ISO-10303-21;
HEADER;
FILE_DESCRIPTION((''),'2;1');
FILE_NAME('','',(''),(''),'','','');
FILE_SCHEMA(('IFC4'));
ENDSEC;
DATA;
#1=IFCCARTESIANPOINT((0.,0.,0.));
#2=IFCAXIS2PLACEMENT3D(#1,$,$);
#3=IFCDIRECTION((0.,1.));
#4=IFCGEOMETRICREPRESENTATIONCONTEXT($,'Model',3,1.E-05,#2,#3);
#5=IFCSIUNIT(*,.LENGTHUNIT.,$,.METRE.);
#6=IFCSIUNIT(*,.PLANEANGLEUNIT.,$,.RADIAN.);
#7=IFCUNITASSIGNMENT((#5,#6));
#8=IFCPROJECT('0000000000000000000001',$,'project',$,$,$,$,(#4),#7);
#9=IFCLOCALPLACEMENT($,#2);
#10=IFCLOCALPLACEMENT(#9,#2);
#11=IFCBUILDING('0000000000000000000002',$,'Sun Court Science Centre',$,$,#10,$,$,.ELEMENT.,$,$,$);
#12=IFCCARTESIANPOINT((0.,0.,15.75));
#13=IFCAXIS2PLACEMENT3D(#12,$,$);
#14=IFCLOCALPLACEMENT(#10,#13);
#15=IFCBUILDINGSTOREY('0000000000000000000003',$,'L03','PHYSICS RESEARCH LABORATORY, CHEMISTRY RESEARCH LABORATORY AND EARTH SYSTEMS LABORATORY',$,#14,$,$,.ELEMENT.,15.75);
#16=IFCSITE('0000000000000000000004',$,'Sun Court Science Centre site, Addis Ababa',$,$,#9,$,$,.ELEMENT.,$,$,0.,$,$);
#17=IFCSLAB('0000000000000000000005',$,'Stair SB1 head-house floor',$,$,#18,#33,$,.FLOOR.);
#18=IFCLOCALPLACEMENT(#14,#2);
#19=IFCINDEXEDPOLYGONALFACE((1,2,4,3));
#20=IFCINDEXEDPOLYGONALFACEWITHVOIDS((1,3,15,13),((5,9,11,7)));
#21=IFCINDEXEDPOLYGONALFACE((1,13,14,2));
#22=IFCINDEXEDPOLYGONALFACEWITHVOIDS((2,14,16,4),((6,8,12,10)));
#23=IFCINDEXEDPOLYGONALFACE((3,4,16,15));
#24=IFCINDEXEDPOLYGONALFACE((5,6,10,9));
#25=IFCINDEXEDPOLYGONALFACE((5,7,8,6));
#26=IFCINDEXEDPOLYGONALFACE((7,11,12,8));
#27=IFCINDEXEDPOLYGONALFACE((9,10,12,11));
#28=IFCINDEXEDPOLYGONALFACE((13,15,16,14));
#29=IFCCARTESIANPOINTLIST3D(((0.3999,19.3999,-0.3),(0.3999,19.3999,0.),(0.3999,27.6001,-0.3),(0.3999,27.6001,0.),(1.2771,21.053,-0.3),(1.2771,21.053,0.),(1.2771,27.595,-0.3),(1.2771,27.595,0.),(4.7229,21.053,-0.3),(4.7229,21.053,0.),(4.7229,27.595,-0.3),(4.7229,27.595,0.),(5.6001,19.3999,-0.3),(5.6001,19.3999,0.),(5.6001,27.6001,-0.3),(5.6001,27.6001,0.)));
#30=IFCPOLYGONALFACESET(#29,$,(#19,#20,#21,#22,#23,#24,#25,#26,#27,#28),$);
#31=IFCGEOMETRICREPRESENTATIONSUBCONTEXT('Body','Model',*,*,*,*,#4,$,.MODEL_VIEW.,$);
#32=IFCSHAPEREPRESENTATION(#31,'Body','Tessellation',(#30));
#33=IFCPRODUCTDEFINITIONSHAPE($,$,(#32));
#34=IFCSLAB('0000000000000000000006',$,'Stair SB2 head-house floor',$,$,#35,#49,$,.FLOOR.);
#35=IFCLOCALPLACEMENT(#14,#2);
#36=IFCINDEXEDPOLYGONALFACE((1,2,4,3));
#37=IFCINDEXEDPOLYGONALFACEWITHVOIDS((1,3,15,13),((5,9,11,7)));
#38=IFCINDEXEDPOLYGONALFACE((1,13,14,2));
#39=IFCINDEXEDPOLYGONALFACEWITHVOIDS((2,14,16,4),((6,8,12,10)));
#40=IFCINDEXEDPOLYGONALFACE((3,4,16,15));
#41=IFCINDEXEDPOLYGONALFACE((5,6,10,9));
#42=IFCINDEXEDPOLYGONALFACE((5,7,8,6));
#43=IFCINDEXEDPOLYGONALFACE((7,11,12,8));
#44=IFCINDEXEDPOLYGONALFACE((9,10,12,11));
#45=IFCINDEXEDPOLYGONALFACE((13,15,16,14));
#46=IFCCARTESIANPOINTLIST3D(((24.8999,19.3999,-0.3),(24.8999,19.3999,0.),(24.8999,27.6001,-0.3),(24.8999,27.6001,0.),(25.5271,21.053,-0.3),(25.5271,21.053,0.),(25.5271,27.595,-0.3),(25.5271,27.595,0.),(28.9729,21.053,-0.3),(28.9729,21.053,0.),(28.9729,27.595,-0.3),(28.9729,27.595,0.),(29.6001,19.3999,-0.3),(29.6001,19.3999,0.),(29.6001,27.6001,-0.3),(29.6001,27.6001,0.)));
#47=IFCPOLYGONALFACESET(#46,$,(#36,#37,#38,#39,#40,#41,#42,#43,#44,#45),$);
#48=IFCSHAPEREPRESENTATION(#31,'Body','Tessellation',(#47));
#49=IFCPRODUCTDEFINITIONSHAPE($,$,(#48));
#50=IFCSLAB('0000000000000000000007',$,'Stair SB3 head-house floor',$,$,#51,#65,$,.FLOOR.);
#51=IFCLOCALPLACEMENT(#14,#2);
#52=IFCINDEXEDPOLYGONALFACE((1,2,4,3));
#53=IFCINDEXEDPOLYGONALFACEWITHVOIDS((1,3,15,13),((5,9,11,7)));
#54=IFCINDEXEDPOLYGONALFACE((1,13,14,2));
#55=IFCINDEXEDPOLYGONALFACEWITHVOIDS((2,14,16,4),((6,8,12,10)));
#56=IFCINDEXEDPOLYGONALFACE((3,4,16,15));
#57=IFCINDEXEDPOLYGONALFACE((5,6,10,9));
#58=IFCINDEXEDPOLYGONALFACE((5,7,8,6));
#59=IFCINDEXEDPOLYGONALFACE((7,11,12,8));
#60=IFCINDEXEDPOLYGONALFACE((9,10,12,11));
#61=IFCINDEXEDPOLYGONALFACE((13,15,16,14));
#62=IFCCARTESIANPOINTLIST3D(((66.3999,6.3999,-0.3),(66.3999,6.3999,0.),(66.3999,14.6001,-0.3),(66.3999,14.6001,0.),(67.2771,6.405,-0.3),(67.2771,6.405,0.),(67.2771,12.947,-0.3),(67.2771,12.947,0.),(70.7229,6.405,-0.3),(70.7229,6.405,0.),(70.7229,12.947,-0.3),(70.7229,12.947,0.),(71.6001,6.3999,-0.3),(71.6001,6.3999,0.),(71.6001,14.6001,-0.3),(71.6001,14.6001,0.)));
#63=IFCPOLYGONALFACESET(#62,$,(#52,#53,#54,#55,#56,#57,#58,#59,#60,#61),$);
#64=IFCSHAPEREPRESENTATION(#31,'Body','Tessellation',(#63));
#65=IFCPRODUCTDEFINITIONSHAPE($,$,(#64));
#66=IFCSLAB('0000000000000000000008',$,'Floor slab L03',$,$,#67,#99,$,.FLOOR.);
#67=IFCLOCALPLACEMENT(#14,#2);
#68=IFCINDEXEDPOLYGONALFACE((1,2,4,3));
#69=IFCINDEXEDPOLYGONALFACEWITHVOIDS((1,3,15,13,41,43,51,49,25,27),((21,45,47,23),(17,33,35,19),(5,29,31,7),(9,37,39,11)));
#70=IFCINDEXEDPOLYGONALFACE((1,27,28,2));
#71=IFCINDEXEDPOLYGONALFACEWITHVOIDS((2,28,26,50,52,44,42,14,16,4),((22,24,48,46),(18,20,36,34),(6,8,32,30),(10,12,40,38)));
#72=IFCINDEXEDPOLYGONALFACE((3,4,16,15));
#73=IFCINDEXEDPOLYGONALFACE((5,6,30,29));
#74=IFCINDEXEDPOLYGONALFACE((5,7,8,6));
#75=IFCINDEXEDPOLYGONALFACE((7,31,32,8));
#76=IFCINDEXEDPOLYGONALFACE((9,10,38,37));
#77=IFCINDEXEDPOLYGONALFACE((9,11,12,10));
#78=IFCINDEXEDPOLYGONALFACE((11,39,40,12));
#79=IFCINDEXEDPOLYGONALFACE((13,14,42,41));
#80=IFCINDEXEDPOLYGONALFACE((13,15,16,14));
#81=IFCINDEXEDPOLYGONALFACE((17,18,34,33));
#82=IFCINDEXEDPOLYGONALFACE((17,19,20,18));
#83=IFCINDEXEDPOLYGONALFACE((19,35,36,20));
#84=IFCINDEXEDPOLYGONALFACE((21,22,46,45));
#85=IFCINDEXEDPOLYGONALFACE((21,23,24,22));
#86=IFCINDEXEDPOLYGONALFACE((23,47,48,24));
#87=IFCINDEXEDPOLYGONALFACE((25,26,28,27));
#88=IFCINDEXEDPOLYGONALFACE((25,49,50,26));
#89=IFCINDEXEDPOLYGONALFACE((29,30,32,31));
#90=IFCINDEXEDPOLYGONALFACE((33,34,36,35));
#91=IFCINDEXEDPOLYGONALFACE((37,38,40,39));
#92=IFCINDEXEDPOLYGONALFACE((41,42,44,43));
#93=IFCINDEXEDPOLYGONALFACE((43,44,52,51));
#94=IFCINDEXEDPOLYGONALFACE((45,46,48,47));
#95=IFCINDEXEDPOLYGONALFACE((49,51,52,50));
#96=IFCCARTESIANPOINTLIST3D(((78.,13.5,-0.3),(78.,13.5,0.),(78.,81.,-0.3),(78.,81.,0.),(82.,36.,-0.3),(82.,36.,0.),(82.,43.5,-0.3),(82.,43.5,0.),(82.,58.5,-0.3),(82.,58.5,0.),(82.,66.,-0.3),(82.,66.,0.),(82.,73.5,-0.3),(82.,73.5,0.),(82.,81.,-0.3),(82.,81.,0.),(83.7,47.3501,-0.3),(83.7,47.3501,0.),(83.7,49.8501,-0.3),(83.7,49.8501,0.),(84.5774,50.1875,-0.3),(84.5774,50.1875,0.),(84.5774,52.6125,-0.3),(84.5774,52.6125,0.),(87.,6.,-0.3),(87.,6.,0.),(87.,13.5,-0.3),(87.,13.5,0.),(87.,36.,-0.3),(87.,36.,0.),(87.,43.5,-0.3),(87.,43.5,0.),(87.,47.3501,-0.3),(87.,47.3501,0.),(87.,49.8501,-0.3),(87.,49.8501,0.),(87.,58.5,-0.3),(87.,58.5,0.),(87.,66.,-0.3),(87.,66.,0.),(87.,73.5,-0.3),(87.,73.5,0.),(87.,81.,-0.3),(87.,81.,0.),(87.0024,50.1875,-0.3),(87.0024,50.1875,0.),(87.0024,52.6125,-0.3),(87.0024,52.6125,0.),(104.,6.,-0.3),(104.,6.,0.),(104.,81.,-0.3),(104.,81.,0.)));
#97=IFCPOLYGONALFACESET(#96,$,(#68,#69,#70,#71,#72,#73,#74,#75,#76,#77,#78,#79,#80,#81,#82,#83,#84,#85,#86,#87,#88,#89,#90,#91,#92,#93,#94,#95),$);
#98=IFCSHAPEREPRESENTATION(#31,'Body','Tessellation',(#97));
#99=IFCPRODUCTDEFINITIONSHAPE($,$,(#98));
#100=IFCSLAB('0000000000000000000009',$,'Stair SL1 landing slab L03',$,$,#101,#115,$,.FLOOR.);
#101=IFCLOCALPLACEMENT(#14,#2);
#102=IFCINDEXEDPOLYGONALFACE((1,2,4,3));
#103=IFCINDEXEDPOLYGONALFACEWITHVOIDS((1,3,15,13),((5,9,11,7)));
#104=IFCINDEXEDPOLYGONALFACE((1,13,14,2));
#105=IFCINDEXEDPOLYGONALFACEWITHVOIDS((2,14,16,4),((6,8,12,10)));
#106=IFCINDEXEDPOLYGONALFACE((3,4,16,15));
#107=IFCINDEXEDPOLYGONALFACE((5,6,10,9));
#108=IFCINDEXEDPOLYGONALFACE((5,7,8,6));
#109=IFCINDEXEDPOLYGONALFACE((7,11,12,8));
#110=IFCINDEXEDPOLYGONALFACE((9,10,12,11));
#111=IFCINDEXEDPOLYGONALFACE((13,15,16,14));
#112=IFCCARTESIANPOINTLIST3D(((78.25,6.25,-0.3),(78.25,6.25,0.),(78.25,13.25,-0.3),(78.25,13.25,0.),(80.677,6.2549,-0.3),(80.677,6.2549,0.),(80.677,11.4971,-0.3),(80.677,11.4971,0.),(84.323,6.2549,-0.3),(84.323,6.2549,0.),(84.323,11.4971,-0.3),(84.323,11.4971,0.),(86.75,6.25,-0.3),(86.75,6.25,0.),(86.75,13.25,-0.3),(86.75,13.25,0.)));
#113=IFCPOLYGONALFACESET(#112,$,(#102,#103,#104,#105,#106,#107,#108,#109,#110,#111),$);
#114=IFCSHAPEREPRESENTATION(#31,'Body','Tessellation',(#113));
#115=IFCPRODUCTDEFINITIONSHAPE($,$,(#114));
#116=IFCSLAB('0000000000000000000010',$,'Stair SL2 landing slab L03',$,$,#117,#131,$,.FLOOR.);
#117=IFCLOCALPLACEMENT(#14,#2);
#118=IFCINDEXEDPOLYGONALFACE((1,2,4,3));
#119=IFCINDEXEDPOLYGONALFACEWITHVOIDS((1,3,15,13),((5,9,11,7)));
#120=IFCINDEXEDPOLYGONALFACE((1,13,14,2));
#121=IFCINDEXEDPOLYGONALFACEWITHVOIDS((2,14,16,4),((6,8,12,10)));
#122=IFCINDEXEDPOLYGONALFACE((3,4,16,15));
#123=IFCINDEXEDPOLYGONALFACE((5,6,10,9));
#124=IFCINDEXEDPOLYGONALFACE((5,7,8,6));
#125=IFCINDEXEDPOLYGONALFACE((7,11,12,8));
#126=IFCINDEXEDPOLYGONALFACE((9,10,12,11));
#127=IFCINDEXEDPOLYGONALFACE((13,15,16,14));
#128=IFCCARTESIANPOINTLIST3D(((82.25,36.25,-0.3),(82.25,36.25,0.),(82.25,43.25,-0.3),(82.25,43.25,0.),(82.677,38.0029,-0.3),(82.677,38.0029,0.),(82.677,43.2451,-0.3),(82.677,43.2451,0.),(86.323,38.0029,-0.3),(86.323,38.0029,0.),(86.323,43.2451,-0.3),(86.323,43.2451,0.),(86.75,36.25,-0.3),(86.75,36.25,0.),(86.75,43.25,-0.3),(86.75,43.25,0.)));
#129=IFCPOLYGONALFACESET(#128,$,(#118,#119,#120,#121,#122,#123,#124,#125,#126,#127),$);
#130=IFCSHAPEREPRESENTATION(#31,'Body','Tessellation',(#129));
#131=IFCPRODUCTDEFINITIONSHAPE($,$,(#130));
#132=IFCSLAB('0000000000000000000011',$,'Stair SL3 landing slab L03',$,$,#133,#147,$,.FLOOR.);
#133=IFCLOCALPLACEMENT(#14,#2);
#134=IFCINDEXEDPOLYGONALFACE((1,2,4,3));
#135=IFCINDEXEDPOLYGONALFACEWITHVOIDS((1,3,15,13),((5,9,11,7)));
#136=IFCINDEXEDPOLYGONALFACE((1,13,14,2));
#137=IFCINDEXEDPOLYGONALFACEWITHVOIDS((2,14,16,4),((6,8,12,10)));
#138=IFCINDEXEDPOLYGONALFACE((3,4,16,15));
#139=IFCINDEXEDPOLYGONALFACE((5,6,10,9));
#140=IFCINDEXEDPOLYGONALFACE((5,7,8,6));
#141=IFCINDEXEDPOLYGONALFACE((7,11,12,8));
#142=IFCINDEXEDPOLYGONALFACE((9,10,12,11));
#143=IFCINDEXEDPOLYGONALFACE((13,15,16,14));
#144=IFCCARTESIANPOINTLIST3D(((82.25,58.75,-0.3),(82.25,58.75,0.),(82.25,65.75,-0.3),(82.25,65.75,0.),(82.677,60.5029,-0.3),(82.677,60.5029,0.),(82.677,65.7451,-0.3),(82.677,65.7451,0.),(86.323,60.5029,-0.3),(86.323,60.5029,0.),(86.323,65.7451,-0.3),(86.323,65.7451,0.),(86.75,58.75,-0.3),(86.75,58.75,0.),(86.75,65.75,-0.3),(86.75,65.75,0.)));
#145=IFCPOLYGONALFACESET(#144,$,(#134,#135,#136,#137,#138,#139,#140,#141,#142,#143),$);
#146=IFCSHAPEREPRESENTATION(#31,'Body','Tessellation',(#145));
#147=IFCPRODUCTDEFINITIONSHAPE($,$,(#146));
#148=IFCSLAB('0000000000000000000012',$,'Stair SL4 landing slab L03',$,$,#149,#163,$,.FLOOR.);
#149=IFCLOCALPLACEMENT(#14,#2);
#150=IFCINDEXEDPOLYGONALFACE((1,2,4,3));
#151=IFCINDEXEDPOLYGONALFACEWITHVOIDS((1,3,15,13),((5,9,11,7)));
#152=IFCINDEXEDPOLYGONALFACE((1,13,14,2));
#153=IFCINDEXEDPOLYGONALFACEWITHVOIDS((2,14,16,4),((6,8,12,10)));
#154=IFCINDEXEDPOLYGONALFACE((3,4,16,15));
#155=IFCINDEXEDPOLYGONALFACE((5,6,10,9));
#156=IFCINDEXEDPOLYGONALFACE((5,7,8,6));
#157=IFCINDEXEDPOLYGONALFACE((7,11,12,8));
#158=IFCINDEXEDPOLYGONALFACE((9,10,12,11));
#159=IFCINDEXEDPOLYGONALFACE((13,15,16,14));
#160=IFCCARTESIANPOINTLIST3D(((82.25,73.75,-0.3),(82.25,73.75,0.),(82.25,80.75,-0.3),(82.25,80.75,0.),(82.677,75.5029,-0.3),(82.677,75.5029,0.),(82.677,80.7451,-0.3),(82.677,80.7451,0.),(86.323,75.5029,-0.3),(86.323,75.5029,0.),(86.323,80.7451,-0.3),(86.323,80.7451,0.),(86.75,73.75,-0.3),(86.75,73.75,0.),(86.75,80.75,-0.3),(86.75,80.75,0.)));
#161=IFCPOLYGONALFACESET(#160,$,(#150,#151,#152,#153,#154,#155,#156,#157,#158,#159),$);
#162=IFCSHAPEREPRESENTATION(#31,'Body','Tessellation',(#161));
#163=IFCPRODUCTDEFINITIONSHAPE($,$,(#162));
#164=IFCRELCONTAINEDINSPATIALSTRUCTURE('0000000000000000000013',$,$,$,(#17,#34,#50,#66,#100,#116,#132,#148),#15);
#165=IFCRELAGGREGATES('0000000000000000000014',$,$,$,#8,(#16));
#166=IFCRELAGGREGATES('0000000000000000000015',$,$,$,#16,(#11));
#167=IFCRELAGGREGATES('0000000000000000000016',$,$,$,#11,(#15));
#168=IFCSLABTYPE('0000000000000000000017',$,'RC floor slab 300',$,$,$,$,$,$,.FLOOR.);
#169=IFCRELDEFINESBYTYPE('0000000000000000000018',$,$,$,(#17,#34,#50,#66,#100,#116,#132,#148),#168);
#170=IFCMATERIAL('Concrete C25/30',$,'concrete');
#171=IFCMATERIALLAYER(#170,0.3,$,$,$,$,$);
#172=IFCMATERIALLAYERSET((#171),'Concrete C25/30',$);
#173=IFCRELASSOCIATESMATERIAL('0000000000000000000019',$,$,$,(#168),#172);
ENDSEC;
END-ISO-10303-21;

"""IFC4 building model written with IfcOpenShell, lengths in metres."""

from ifc_helpers import new_model, si_unit, direction, frame, origin, place, context, subcontext, project, spatial, polyline, outline, extrude, material, layer, layer_set, type_object, element, save


model = new_model("IFC4")

# Units and contexts
model_context = context("Model", 3, precision=1e-05, world=origin(), true_north=direction((0.0, 1.0)))
body_context = subcontext(model_context, "Body", "Model", "MODEL_VIEW")
ifc_project = project(units=[si_unit("LENGTHUNIT", "METRE"), si_unit("PLANEANGLEUNIT", "RADIAN")], contexts=[model_context])

# Site, building, storey
site_placement = place(None, origin())
site = spatial("IfcSite", under=ifc_project, at=site_placement, Name="Sun Court Science Centre site, Addis Ababa", CompositionType="ELEMENT", RefElevation=0.0)
building_placement = place(site_placement, origin())
building = spatial("IfcBuilding", under=site, at=building_placement, Name="Sun Court Science Centre", CompositionType="ELEMENT")
storey_placement = place(building_placement, frame((0.0, 0.0, 15.75)))
storey = spatial("IfcBuildingStorey", under=building, at=storey_placement, Name="L03", Description="PHYSICS RESEARCH LABORATORY, CHEMISTRY RESEARCH LABORATORY AND EARTH SYSTEMS LABORATORY", CompositionType="ELEMENT", Elevation=15.75)

# Slabs
ifc_material_1 = material(Name="Concrete C25/30", Category="concrete")
ifc_layer_1 = layer(ifc_material_1, 0.3)
ifc_layer_set_1 = layer_set([ifc_layer_1], Name="Concrete C25/30")
slab_type_1 = type_object("IfcSlabType", Name="RC floor slab 300", PredefinedType="FLOOR", material=ifc_layer_set_1)
slab_1_placement = place(storey_placement, frame((0.0, 0.0, -0.3)))
element("IfcSlab", 1, at=slab_1_placement, inside=storey, type_object=slab_type_1, Name="Stair SB1 head-house floor", PredefinedType="FLOOR", context=body_context, shape_type="SweptSolid", body=[
    extrude(outline(polyline([(0.3999, 27.6001), (0.3999, 19.3999), (5.6001, 19.3999), (5.6001, 27.6001), (0.3999, 27.6001)]), holes=[polyline([(4.7229, 27.595), (4.7229, 21.053), (1.2771, 21.053), (1.2771, 27.595), (4.7229, 27.595)])]), origin(), (0.0, 0.0, 1.0), 0.3),
])
slab_2_placement = place(storey_placement, frame((0.0, 0.0, -0.3)))
element("IfcSlab", 2, at=slab_2_placement, inside=storey, type_object=slab_type_1, Name="Stair SB2 head-house floor", PredefinedType="FLOOR", context=body_context, shape_type="SweptSolid", body=[
    extrude(outline(polyline([(24.8999, 27.6001), (24.8999, 19.3999), (29.6001, 19.3999), (29.6001, 27.6001), (24.8999, 27.6001)]), holes=[polyline([(28.9729, 27.595), (28.9729, 21.053), (25.5271, 21.053), (25.5271, 27.595), (28.9729, 27.595)])]), origin(), (0.0, 0.0, 1.0), 0.3),
])
slab_3_placement = place(storey_placement, frame((0.0, 0.0, -0.3)))
element("IfcSlab", 3, at=slab_3_placement, inside=storey, type_object=slab_type_1, Name="Stair SB3 head-house floor", PredefinedType="FLOOR", context=body_context, shape_type="SweptSolid", body=[
    extrude(outline(polyline([(66.3999, 14.6001), (66.3999, 6.3999), (71.6001, 6.3999), (71.6001, 14.6001), (66.3999, 14.6001)]), holes=[polyline([(67.2771, 6.405), (67.2771, 12.947), (70.7229, 12.947), (70.7229, 6.405), (67.2771, 6.405)])]), origin(), (0.0, 0.0, 1.0), 0.3),
])
slab_4_placement = place(storey_placement, frame((0.0, 0.0, -0.3)))
element("IfcSlab", 4, at=slab_4_placement, inside=storey, type_object=slab_type_1, Name="Floor slab L03", PredefinedType="FLOOR", context=body_context, shape_type="SweptSolid", body=[
    extrude(outline(polyline([(104.0, 6.0), (104.0, 81.0), (87.0, 81.0), (87.0, 73.5), (82.0, 73.5), (82.0, 81.0), (78.0, 81.0), (78.0, 13.5), (87.0, 13.5), (87.0, 6.0), (104.0, 6.0)]), holes=[polyline([(84.5774, 50.1875), (84.5774, 52.6125), (87.0024, 52.6125), (87.0024, 50.1875), (84.5774, 50.1875)]), polyline([(82.0, 43.5), (87.0, 43.5), (87.0, 36.0), (82.0, 36.0), (82.0, 43.5)]), polyline([(82.0, 66.0), (87.0, 66.0), (87.0, 58.5), (82.0, 58.5), (82.0, 66.0)]), polyline([(83.7, 49.8501), (87.0, 49.8501), (87.0, 47.3501), (83.7, 47.3501), (83.7, 49.8501)])]), origin(), (0.0, 0.0, 1.0), 0.3),
])
slab_5_placement = place(storey_placement, frame((0.0, 0.0, -0.3)))
element("IfcSlab", 5, at=slab_5_placement, inside=storey, type_object=slab_type_1, Name="Stair SL1 landing slab L03", PredefinedType="FLOOR", context=body_context, shape_type="SweptSolid", body=[
    extrude(outline(polyline([(78.25, 13.25), (78.25, 6.25), (86.75, 6.25), (86.75, 13.25), (78.25, 13.25)]), holes=[polyline([(80.677, 6.2549), (80.677, 11.4971), (84.323, 11.4971), (84.323, 6.2549), (80.677, 6.2549)])]), origin(), (0.0, 0.0, 1.0), 0.3),
])
slab_6_placement = place(storey_placement, frame((0.0, 0.0, -0.3)))
element("IfcSlab", 6, at=slab_6_placement, inside=storey, type_object=slab_type_1, Name="Stair SL2 landing slab L03", PredefinedType="FLOOR", context=body_context, shape_type="SweptSolid", body=[
    extrude(outline(polyline([(82.25, 43.25), (82.25, 36.25), (86.75, 36.25), (86.75, 43.25), (82.25, 43.25)]), holes=[polyline([(86.323, 43.2451), (86.323, 38.0029), (82.677, 38.0029), (82.677, 43.2451), (86.323, 43.2451)])]), origin(), (0.0, 0.0, 1.0), 0.3),
])
slab_7_placement = place(storey_placement, frame((0.0, 0.0, -0.3)))
element("IfcSlab", 7, at=slab_7_placement, inside=storey, type_object=slab_type_1, Name="Stair SL3 landing slab L03", PredefinedType="FLOOR", context=body_context, shape_type="SweptSolid", body=[
    extrude(outline(polyline([(82.25, 65.75), (82.25, 58.75), (86.75, 58.75), (86.75, 65.75), (82.25, 65.75)]), holes=[polyline([(86.323, 65.7451), (86.323, 60.5029), (82.677, 60.5029), (82.677, 65.7451), (86.323, 65.7451)])]), origin(), (0.0, 0.0, 1.0), 0.3),
])
slab_8_placement = place(storey_placement, frame((0.0, 0.0, -0.3)))
element("IfcSlab", 8, at=slab_8_placement, inside=storey, type_object=slab_type_1, Name="Stair SL4 landing slab L03", PredefinedType="FLOOR", context=body_context, shape_type="SweptSolid", body=[
    extrude(outline(polyline([(82.25, 80.75), (82.25, 73.75), (86.75, 73.75), (86.75, 80.75), (82.25, 80.75)]), holes=[polyline([(86.323, 80.7451), (86.323, 75.5029), (82.677, 75.5029), (82.677, 80.7451), (86.323, 80.7451)])]), origin(), (0.0, 0.0, 1.0), 0.3),
])

save(model, "model.ifc")
